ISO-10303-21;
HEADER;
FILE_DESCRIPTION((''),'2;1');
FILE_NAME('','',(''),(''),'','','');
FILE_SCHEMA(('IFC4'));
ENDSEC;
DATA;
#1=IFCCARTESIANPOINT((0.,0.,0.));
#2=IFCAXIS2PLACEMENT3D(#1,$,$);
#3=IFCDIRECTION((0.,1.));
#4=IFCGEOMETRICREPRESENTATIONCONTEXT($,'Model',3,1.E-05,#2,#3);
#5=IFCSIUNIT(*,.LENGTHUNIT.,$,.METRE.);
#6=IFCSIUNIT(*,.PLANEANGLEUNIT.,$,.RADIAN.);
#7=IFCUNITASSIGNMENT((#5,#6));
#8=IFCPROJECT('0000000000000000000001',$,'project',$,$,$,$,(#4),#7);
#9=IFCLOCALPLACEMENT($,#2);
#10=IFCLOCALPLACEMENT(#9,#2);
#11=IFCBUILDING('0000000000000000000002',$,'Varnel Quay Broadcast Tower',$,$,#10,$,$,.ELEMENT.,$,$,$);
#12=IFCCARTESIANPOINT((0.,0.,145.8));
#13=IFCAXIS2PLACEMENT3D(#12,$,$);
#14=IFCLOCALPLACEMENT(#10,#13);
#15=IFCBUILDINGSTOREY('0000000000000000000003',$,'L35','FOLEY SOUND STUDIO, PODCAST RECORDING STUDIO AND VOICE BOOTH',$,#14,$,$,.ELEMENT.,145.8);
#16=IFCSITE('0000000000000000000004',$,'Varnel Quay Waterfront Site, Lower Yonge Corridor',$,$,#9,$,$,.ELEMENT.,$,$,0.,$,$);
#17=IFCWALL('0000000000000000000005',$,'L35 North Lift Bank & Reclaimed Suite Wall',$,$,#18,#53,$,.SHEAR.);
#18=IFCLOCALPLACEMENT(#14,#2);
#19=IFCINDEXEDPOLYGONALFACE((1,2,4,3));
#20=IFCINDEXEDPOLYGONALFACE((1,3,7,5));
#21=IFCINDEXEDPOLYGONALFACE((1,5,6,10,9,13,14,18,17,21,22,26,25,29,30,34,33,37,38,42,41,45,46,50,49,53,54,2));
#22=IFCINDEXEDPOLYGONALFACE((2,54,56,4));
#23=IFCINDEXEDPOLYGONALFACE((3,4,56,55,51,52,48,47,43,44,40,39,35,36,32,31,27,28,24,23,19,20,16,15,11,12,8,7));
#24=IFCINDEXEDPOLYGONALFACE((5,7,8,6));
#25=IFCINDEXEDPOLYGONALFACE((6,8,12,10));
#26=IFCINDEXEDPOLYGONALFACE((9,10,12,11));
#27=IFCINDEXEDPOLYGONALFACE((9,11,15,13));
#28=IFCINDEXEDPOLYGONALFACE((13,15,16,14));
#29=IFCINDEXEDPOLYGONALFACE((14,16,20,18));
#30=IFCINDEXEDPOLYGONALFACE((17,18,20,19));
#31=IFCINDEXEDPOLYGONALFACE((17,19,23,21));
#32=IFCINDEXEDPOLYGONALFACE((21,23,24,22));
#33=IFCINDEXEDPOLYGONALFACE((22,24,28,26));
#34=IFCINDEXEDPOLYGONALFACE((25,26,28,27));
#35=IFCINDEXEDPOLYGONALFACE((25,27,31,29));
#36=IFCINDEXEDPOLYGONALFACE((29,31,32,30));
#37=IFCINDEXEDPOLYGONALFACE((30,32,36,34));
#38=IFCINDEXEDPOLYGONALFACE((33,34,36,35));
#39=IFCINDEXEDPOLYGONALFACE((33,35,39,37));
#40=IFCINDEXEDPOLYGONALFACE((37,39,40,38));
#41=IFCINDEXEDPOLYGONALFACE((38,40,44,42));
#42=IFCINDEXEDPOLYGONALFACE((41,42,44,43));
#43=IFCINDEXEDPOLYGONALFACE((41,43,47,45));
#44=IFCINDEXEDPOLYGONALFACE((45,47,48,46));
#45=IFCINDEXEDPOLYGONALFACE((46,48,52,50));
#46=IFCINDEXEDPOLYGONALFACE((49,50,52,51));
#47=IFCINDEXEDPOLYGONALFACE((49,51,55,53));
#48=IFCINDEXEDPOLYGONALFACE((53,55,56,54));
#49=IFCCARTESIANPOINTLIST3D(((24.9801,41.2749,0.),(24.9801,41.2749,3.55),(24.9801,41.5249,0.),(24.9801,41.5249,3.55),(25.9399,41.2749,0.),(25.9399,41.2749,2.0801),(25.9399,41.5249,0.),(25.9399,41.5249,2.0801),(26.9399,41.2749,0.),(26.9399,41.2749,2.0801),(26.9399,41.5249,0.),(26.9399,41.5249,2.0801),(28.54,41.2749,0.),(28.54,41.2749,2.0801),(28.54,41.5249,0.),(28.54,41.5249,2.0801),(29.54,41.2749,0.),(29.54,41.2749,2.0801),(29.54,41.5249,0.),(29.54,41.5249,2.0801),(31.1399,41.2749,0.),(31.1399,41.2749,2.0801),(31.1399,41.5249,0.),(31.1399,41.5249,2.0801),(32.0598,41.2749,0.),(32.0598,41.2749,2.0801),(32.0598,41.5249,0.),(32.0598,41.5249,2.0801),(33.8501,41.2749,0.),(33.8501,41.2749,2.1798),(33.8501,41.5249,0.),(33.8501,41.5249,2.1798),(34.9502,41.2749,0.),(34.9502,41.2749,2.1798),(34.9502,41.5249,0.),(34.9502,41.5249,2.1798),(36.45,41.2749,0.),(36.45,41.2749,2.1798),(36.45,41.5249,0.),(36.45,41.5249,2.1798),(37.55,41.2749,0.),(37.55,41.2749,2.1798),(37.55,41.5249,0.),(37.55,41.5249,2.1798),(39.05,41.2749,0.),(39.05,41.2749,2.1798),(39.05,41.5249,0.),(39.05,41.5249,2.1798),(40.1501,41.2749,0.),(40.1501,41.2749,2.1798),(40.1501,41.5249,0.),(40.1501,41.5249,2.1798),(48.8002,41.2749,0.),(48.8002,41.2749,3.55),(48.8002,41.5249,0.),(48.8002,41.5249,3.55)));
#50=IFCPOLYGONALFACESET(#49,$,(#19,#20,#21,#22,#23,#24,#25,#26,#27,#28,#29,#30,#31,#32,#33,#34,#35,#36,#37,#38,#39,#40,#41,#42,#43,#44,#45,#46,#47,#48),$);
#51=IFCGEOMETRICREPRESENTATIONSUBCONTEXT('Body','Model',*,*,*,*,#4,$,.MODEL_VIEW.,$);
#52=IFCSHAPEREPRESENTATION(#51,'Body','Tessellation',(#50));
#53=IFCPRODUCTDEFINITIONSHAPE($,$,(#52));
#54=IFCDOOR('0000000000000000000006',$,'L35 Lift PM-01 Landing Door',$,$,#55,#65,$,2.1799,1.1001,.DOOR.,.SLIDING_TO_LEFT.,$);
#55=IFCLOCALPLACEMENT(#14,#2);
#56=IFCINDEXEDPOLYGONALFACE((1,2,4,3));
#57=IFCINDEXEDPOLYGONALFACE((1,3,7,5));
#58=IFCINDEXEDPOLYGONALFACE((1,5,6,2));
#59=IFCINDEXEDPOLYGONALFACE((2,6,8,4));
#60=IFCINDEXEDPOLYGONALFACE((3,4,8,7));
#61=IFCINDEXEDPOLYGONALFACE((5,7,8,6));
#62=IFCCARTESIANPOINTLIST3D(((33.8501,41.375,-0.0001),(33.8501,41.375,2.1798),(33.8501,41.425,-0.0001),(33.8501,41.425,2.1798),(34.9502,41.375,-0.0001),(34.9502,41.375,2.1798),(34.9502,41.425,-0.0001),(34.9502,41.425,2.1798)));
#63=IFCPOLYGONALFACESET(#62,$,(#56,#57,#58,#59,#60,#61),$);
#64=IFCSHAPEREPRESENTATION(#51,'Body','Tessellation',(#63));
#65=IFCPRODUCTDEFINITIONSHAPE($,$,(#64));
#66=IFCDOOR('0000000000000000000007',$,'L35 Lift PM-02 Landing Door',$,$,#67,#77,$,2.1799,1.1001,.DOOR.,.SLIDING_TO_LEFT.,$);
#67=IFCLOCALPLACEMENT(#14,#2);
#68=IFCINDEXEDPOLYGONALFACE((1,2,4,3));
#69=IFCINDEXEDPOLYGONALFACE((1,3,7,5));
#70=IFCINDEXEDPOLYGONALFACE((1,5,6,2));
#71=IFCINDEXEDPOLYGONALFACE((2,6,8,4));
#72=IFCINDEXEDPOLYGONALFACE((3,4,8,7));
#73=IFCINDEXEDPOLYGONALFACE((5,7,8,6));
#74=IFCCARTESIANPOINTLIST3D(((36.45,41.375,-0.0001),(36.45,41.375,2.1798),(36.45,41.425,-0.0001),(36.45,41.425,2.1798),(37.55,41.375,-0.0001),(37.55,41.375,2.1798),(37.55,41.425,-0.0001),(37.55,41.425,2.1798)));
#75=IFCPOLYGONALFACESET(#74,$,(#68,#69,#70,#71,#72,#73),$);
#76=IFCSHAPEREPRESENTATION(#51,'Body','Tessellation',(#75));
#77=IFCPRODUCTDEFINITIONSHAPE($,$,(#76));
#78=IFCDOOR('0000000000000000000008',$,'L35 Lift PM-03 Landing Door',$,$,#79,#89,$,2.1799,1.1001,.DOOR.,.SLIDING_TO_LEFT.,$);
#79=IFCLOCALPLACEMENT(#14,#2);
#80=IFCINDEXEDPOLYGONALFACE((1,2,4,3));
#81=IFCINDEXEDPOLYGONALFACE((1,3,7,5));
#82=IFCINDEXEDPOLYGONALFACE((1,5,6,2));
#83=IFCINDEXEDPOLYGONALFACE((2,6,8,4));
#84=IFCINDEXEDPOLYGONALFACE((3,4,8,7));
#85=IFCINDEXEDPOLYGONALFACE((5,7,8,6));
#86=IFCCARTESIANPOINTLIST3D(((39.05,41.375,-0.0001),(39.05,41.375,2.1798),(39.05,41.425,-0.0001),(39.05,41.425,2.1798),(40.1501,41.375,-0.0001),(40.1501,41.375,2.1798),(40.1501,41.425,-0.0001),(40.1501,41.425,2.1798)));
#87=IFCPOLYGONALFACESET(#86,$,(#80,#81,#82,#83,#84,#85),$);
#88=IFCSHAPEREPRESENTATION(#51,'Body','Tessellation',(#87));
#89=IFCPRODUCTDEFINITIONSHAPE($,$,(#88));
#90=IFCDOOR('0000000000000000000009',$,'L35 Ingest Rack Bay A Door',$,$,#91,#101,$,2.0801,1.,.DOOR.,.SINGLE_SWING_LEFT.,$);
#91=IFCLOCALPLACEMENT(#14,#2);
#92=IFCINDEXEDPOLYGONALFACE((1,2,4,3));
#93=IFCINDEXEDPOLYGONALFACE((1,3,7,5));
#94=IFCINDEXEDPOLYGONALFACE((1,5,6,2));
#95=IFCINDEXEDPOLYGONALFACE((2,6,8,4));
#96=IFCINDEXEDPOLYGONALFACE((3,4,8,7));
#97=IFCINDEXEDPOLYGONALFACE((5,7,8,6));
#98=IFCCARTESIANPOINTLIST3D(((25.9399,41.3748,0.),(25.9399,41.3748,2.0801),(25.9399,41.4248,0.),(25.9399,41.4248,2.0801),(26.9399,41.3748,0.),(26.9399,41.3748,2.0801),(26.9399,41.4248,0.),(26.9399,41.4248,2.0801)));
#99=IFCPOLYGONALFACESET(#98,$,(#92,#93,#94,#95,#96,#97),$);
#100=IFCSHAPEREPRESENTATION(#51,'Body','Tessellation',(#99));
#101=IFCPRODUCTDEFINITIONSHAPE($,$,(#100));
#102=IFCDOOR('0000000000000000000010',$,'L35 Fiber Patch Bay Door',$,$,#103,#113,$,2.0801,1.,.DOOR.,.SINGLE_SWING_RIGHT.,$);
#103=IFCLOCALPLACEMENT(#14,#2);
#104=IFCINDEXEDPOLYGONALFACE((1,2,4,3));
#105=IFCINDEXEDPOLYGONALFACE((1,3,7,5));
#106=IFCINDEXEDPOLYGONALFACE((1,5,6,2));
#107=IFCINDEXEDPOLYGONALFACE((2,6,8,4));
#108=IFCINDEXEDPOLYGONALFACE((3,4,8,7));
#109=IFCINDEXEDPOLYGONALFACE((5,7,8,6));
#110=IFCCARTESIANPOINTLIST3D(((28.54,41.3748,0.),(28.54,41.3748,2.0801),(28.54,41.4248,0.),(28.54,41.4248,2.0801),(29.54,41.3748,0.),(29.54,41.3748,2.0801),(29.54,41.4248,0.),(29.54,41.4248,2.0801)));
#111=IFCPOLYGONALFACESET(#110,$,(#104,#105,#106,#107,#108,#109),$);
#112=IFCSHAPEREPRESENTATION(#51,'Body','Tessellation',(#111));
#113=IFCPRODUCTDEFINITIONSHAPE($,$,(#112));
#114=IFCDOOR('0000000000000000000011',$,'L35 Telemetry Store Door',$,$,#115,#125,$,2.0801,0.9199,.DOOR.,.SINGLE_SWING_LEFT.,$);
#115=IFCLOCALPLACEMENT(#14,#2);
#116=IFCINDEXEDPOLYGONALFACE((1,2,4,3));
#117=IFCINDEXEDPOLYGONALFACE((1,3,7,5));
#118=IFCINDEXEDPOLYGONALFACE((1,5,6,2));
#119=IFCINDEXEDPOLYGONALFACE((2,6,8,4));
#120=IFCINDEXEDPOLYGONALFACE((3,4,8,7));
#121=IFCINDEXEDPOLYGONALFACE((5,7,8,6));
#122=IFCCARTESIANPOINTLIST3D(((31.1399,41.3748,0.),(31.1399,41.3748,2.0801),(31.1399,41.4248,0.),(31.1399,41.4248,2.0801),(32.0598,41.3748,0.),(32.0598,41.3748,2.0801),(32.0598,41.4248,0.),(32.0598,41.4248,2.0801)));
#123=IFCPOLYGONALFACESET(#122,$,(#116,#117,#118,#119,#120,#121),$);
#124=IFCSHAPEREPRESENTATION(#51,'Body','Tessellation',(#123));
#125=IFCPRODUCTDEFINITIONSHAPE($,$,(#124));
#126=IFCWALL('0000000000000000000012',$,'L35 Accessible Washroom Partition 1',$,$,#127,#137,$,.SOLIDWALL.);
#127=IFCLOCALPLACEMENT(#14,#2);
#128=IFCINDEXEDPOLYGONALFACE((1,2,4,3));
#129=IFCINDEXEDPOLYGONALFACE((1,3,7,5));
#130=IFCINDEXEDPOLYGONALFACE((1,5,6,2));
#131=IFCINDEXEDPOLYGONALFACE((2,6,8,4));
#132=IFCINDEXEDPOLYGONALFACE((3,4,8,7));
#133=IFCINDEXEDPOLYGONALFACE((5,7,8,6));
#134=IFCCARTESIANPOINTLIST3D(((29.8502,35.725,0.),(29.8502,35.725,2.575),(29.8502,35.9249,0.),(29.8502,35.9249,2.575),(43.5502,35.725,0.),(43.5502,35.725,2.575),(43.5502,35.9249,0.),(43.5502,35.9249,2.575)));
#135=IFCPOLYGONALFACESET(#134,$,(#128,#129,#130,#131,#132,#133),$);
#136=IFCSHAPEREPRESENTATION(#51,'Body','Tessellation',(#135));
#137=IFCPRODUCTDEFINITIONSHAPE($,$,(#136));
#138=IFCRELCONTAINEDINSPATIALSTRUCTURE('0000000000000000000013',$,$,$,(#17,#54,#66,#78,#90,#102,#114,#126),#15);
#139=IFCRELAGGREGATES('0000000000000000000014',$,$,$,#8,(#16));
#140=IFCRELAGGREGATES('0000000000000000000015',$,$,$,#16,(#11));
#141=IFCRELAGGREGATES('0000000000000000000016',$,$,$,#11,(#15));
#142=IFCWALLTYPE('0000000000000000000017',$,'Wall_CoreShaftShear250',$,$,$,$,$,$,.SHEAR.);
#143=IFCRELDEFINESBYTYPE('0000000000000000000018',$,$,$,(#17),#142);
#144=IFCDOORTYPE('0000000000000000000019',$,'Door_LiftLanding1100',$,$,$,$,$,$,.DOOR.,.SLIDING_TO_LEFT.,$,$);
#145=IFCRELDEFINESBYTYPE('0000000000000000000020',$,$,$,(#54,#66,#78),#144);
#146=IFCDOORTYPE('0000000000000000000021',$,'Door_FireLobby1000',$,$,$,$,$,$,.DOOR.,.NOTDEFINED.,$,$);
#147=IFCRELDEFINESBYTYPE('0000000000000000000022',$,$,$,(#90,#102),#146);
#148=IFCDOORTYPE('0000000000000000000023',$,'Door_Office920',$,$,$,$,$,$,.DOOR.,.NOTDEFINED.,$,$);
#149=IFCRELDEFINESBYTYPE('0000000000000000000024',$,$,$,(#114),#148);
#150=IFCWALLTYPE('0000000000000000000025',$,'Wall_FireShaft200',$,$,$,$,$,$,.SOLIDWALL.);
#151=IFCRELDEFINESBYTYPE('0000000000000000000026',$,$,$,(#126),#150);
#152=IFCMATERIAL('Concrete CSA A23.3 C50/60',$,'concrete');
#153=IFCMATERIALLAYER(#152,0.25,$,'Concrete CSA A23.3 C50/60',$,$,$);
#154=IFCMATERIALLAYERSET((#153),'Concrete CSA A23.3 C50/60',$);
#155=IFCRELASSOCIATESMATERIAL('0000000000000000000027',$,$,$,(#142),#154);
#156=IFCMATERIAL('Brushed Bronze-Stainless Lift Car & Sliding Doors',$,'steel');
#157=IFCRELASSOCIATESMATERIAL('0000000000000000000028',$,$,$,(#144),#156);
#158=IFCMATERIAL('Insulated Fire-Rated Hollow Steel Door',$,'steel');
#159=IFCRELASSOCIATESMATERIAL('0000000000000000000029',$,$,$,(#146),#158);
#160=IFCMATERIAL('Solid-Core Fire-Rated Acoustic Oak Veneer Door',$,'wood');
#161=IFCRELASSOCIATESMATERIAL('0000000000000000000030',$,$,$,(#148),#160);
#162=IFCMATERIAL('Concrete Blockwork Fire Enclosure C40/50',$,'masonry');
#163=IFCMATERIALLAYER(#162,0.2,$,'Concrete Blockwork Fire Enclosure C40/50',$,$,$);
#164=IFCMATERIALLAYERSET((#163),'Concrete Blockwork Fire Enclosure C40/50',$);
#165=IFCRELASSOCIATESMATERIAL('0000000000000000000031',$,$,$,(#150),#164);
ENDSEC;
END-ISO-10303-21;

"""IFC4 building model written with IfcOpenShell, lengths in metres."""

from ifc_helpers import new_model, si_unit, direction, frame, frame_2d, origin, place, context, subcontext, project, spatial, rectangle, extrude, source, transform, mapped, material, layer, layer_set, type_object, type_shapes, element, fill, save


model = new_model("IFC4")

# Units and contexts
model_context = context("Model", 3, precision=1e-05, world=origin(), true_north=direction((0.0, 1.0)))
body_context = subcontext(model_context, "Body", "Model", "MODEL_VIEW")
ifc_project = project(units=[si_unit("LENGTHUNIT", "METRE"), si_unit("PLANEANGLEUNIT", "RADIAN")], contexts=[model_context])

# Site, building, storey
site_placement = place(None, origin())
site = spatial("IfcSite", under=ifc_project, at=site_placement, Name="Varnel Quay Waterfront Site, Lower Yonge Corridor", CompositionType="ELEMENT", RefElevation=0.0)
building_placement = place(site_placement, origin())
building = spatial("IfcBuilding", under=site, at=building_placement, Name="Varnel Quay Broadcast Tower", CompositionType="ELEMENT")
storey_placement = place(building_placement, frame((0.0, 0.0, 145.8)))
storey = spatial("IfcBuildingStorey", under=building, at=storey_placement, Name="L35", Description="FOLEY SOUND STUDIO, PODCAST RECORDING STUDIO AND VOICE BOOTH", CompositionType="ELEMENT", Elevation=145.8)

# Shared definitions
ifc_material_1 = material(Name="Concrete CSA A23.3 C50/60", Category="concrete")

# Wall, openings, doors
ifc_layer_1 = layer(ifc_material_1, 0.25, Name="Concrete CSA A23.3 C50/60")
ifc_layer_set_1 = layer_set([ifc_layer_1], Name="Concrete CSA A23.3 C50/60")
wall_type_1 = type_object("IfcWallType", Name="Wall_CoreShaftShear250", PredefinedType="SHEAR", material=ifc_layer_set_1)
wall_1_placement = place(storey_placement, frame((24.98, 41.3999, 0.0), z_axis=(0.0, 0.0, 1.0), x_axis=(1.0, 0.0, 0.0)))
wall_1 = element("IfcWall", 1, at=wall_1_placement, inside=storey, type_object=wall_type_1, Name="L35 North Lift Bank & Reclaimed Suite Wall", PredefinedType="SHEAR", context=body_context, shape_type="SweptSolid", body=[
    extrude(rectangle(XDim=23.8201, YDim=0.25, at=frame_2d((11.9102, 0.0))), origin(), (0.0, 0.0, 1.0), 3.55),
])
opening_1_placement = place(wall_1_placement, frame((8.8701, 0.0, 0.0)))
opening_1 = element("IfcOpeningElement", 2, at=opening_1_placement, cuts=wall_1, PredefinedType="OPENING", context=body_context, shape_type="SweptSolid", body=[
    extrude(rectangle(XDim=1.1001, YDim=2.1799, at=frame_2d((0.55, 1.0898))), frame((0.0, 0.135, 0.0), z_axis=(0.0, -1.0, 0.0), x_axis=(1.0, 0.0, 0.0)), (0.0, 0.0, 1.0), 0.27),
])
opening_2_placement = place(wall_1_placement, frame((11.47, 0.0, 0.0)))
opening_2 = element("IfcOpeningElement", 3, at=opening_2_placement, cuts=wall_1, PredefinedType="OPENING", context=body_context, shape_type="SweptSolid", body=[
    extrude(rectangle(XDim=1.1001, YDim=2.1799, at=frame_2d((0.55, 1.0898))), frame((0.0, 0.135, 0.0), z_axis=(0.0, -1.0, 0.0), x_axis=(1.0, 0.0, 0.0)), (0.0, 0.0, 1.0), 0.27),
])
opening_3_placement = place(wall_1_placement, frame((14.0701, 0.0, 0.0)))
opening_3 = element("IfcOpeningElement", 4, at=opening_3_placement, cuts=wall_1, PredefinedType="OPENING", context=body_context, shape_type="SweptSolid", body=[
    extrude(rectangle(XDim=1.1001, YDim=2.1799, at=frame_2d((0.55, 1.0898))), frame((0.0, 0.135, 0.0), z_axis=(0.0, -1.0, 0.0), x_axis=(1.0, 0.0, 0.0)), (0.0, 0.0, 1.0), 0.27),
])
opening_4_placement = place(wall_1_placement, frame((0.96, 0.0, 0.0)))
opening_4 = element("IfcOpeningElement", 5, at=opening_4_placement, cuts=wall_1, PredefinedType="OPENING", context=body_context, shape_type="SweptSolid", body=[
    extrude(rectangle(XDim=1.0, YDim=2.0801, at=frame_2d((0.5, 1.04))), frame((0.0, 0.135, 0.0), z_axis=(0.0, -1.0, 0.0), x_axis=(1.0, 0.0, 0.0)), (0.0, 0.0, 1.0), 0.27),
])
opening_5_placement = place(wall_1_placement, frame((3.5601, 0.0, 0.0)))
opening_5 = element("IfcOpeningElement", 6, at=opening_5_placement, cuts=wall_1, PredefinedType="OPENING", context=body_context, shape_type="SweptSolid", body=[
    extrude(rectangle(XDim=1.0, YDim=2.0801, at=frame_2d((0.5, 1.04))), frame((0.0, 0.135, 0.0), z_axis=(0.0, -1.0, 0.0), x_axis=(1.0, 0.0, 0.0)), (0.0, 0.0, 1.0), 0.27),
])
opening_6_placement = place(wall_1_placement, frame((6.1599, 0.0, 0.0)))
opening_6 = element("IfcOpeningElement", 7, at=opening_6_placement, cuts=wall_1, PredefinedType="OPENING", context=body_context, shape_type="SweptSolid", body=[
    extrude(rectangle(XDim=0.9199, YDim=2.0801, at=frame_2d((0.46, 1.04))), frame((0.0, 0.135, 0.0), z_axis=(0.0, -1.0, 0.0), x_axis=(1.0, 0.0, 0.0)), (0.0, 0.0, 1.0), 0.27),
])
ifc_material_2 = material(Name="Brushed Bronze-Stainless Lift Car & Sliding Doors", Category="steel")
door_type_1 = type_object("IfcDoorType", Name="Door_LiftLanding1100", OperationType="SLIDING_TO_LEFT", PredefinedType="DOOR", material=ifc_material_2)
shared_shape_1 = source(origin(), body_context, "Body", "SweptSolid", [
    extrude(rectangle(XDim=1.1001, YDim=2.1799, at=frame_2d((0.55, 1.0898))), frame((0.0, 0.0249, 0.0), z_axis=(0.0, -1.0, 0.0), x_axis=(1.0, 0.0, 0.0)), (0.0, 0.0, 1.0), 0.05),
])
type_shapes(door_type_1, [shared_shape_1])
door_1_placement = place(opening_1_placement, frame((1.1001, 0.0, 0.0), z_axis=(0.0, 0.0, 1.0), x_axis=(-1.0, 0.0, 0.0)))
door_1 = element("IfcDoor", 8, at=door_1_placement, inside=storey, type_object=door_type_1, Name="L35 Lift PM-01 Landing Door", OperationType="SLIDING_TO_LEFT", OverallHeight=2.1799, OverallWidth=1.1001, PredefinedType="DOOR", context=body_context, shape_type="MappedRepresentation", body=[
    mapped(shared_shape_1, transform((0.0, 0.0, 0.0), x_axis=(1.0, 0.0, 0.0), y_axis=(0.0, 1.0, 0.0), z_axis=(0.0, 0.0, 1.0), scale=1.0)),
])
fill(opening_1, door_1)
door_2_placement = place(opening_2_placement, frame((1.1001, 0.0, 0.0), z_axis=(0.0, 0.0, 1.0), x_axis=(-1.0, 0.0, 0.0)))
door_2 = element("IfcDoor", 9, at=door_2_placement, inside=storey, type_object=door_type_1, Name="L35 Lift PM-02 Landing Door", OperationType="SLIDING_TO_LEFT", OverallHeight=2.1799, OverallWidth=1.1001, PredefinedType="DOOR", context=body_context, shape_type="MappedRepresentation", body=[
    mapped(shared_shape_1, transform((0.0, 0.0, 0.0), x_axis=(1.0, 0.0, 0.0), y_axis=(0.0, 1.0, 0.0), z_axis=(0.0, 0.0, 1.0), scale=1.0)),
])
fill(opening_2, door_2)
door_3_placement = place(opening_3_placement, frame((1.1001, 0.0, 0.0), z_axis=(0.0, 0.0, 1.0), x_axis=(-1.0, 0.0, 0.0)))
door_3 = element("IfcDoor", 10, at=door_3_placement, inside=storey, type_object=door_type_1, Name="L35 Lift PM-03 Landing Door", OperationType="SLIDING_TO_LEFT", OverallHeight=2.1799, OverallWidth=1.1001, PredefinedType="DOOR", context=body_context, shape_type="MappedRepresentation", body=[
    mapped(shared_shape_1, transform((0.0, 0.0, 0.0), x_axis=(1.0, 0.0, 0.0), y_axis=(0.0, 1.0, 0.0), z_axis=(0.0, 0.0, 1.0), scale=1.0)),
])
fill(opening_3, door_3)
ifc_material_3 = material(Name="Insulated Fire-Rated Hollow Steel Door", Category="steel")
door_type_2 = type_object("IfcDoorType", Name="Door_FireLobby1000", OperationType="NOTDEFINED", PredefinedType="DOOR", material=ifc_material_3)
shared_shape_2 = source(origin(), body_context, "Body", "SweptSolid", [
    extrude(rectangle(XDim=1.0, YDim=2.0801, at=frame_2d((0.5, 1.04))), frame((0.0, 0.0249, 0.0), z_axis=(0.0, -1.0, 0.0), x_axis=(1.0, 0.0, 0.0)), (0.0, 0.0, 1.0), 0.05),
])
type_shapes(door_type_2, [shared_shape_2])
door_4_placement = place(opening_4_placement, origin())
door_4 = element("IfcDoor", 11, at=door_4_placement, inside=storey, type_object=door_type_2, Name="L35 Ingest Rack Bay A Door", OperationType="SINGLE_SWING_LEFT", OverallHeight=2.0801, OverallWidth=1.0, PredefinedType="DOOR", context=body_context, shape_type="MappedRepresentation", body=[
    mapped(shared_shape_2, transform((0.0, 0.0, 0.0), x_axis=(1.0, 0.0, 0.0), y_axis=(0.0, 1.0, 0.0), z_axis=(0.0, 0.0, 1.0), scale=1.0)),
])
fill(opening_4, door_4)
door_5_placement = place(opening_5_placement, origin())
door_5 = element("IfcDoor", 12, at=door_5_placement, inside=storey, type_object=door_type_2, Name="L35 Fiber Patch Bay Door", OperationType="SINGLE_SWING_RIGHT", OverallHeight=2.0801, OverallWidth=1.0, PredefinedType="DOOR", context=body_context, shape_type="MappedRepresentation", body=[
    mapped(shared_shape_2, transform((0.0, 0.0, 0.0), x_axis=(1.0, 0.0, 0.0), y_axis=(0.0, 1.0, 0.0), z_axis=(0.0, 0.0, 1.0), scale=1.0)),
])
fill(opening_5, door_5)
ifc_material_4 = material(Name="Solid-Core Fire-Rated Acoustic Oak Veneer Door", Category="wood")
door_type_3 = type_object("IfcDoorType", Name="Door_Office920", OperationType="NOTDEFINED", PredefinedType="DOOR", material=ifc_material_4)
shared_shape_3 = source(origin(), body_context, "Body", "SweptSolid", [
    extrude(rectangle(XDim=0.9199, YDim=2.0801, at=frame_2d((0.46, 1.04))), frame((0.0, 0.0249, 0.0), z_axis=(0.0, -1.0, 0.0), x_axis=(1.0, 0.0, 0.0)), (0.0, 0.0, 1.0), 0.05),
])
type_shapes(door_type_3, [shared_shape_3])
door_6_placement = place(opening_6_placement, origin())
door_6 = element("IfcDoor", 13, at=door_6_placement, inside=storey, type_object=door_type_3, Name="L35 Telemetry Store Door", OperationType="SINGLE_SWING_LEFT", OverallHeight=2.0801, OverallWidth=0.9199, PredefinedType="DOOR", context=body_context, shape_type="MappedRepresentation", body=[
    mapped(shared_shape_3, transform((0.0, 0.0, 0.0), x_axis=(1.0, 0.0, 0.0), y_axis=(0.0, 1.0, 0.0), z_axis=(0.0, 0.0, 1.0), scale=1.0)),
])
fill(opening_6, door_6)

# Wall
ifc_material_5 = material(Name="Concrete Blockwork Fire Enclosure C40/50", Category="masonry")
ifc_layer_2 = layer(ifc_material_5, 0.2, Name="Concrete Blockwork Fire Enclosure C40/50")
ifc_layer_set_2 = layer_set([ifc_layer_2], Name="Concrete Blockwork Fire Enclosure C40/50")
wall_type_2 = type_object("IfcWallType", Name="Wall_FireShaft200", PredefinedType="SOLIDWALL", material=ifc_layer_set_2)
wall_2_placement = place(storey_placement, frame((29.8501, 35.825, 0.0), z_axis=(0.0, 0.0, 1.0), x_axis=(1.0, 0.0, 0.0)))
element("IfcWall", 14, at=wall_2_placement, inside=storey, type_object=wall_type_2, Name="L35 Accessible Washroom Partition 1", PredefinedType="SOLIDWALL", context=body_context, shape_type="SweptSolid", body=[
    extrude(rectangle(XDim=13.7, YDim=0.2, at=frame_2d((6.8501, 0.0))), origin(), (0.0, 0.0, 1.0), 2.575),
])

save(model, "model.ifc")
